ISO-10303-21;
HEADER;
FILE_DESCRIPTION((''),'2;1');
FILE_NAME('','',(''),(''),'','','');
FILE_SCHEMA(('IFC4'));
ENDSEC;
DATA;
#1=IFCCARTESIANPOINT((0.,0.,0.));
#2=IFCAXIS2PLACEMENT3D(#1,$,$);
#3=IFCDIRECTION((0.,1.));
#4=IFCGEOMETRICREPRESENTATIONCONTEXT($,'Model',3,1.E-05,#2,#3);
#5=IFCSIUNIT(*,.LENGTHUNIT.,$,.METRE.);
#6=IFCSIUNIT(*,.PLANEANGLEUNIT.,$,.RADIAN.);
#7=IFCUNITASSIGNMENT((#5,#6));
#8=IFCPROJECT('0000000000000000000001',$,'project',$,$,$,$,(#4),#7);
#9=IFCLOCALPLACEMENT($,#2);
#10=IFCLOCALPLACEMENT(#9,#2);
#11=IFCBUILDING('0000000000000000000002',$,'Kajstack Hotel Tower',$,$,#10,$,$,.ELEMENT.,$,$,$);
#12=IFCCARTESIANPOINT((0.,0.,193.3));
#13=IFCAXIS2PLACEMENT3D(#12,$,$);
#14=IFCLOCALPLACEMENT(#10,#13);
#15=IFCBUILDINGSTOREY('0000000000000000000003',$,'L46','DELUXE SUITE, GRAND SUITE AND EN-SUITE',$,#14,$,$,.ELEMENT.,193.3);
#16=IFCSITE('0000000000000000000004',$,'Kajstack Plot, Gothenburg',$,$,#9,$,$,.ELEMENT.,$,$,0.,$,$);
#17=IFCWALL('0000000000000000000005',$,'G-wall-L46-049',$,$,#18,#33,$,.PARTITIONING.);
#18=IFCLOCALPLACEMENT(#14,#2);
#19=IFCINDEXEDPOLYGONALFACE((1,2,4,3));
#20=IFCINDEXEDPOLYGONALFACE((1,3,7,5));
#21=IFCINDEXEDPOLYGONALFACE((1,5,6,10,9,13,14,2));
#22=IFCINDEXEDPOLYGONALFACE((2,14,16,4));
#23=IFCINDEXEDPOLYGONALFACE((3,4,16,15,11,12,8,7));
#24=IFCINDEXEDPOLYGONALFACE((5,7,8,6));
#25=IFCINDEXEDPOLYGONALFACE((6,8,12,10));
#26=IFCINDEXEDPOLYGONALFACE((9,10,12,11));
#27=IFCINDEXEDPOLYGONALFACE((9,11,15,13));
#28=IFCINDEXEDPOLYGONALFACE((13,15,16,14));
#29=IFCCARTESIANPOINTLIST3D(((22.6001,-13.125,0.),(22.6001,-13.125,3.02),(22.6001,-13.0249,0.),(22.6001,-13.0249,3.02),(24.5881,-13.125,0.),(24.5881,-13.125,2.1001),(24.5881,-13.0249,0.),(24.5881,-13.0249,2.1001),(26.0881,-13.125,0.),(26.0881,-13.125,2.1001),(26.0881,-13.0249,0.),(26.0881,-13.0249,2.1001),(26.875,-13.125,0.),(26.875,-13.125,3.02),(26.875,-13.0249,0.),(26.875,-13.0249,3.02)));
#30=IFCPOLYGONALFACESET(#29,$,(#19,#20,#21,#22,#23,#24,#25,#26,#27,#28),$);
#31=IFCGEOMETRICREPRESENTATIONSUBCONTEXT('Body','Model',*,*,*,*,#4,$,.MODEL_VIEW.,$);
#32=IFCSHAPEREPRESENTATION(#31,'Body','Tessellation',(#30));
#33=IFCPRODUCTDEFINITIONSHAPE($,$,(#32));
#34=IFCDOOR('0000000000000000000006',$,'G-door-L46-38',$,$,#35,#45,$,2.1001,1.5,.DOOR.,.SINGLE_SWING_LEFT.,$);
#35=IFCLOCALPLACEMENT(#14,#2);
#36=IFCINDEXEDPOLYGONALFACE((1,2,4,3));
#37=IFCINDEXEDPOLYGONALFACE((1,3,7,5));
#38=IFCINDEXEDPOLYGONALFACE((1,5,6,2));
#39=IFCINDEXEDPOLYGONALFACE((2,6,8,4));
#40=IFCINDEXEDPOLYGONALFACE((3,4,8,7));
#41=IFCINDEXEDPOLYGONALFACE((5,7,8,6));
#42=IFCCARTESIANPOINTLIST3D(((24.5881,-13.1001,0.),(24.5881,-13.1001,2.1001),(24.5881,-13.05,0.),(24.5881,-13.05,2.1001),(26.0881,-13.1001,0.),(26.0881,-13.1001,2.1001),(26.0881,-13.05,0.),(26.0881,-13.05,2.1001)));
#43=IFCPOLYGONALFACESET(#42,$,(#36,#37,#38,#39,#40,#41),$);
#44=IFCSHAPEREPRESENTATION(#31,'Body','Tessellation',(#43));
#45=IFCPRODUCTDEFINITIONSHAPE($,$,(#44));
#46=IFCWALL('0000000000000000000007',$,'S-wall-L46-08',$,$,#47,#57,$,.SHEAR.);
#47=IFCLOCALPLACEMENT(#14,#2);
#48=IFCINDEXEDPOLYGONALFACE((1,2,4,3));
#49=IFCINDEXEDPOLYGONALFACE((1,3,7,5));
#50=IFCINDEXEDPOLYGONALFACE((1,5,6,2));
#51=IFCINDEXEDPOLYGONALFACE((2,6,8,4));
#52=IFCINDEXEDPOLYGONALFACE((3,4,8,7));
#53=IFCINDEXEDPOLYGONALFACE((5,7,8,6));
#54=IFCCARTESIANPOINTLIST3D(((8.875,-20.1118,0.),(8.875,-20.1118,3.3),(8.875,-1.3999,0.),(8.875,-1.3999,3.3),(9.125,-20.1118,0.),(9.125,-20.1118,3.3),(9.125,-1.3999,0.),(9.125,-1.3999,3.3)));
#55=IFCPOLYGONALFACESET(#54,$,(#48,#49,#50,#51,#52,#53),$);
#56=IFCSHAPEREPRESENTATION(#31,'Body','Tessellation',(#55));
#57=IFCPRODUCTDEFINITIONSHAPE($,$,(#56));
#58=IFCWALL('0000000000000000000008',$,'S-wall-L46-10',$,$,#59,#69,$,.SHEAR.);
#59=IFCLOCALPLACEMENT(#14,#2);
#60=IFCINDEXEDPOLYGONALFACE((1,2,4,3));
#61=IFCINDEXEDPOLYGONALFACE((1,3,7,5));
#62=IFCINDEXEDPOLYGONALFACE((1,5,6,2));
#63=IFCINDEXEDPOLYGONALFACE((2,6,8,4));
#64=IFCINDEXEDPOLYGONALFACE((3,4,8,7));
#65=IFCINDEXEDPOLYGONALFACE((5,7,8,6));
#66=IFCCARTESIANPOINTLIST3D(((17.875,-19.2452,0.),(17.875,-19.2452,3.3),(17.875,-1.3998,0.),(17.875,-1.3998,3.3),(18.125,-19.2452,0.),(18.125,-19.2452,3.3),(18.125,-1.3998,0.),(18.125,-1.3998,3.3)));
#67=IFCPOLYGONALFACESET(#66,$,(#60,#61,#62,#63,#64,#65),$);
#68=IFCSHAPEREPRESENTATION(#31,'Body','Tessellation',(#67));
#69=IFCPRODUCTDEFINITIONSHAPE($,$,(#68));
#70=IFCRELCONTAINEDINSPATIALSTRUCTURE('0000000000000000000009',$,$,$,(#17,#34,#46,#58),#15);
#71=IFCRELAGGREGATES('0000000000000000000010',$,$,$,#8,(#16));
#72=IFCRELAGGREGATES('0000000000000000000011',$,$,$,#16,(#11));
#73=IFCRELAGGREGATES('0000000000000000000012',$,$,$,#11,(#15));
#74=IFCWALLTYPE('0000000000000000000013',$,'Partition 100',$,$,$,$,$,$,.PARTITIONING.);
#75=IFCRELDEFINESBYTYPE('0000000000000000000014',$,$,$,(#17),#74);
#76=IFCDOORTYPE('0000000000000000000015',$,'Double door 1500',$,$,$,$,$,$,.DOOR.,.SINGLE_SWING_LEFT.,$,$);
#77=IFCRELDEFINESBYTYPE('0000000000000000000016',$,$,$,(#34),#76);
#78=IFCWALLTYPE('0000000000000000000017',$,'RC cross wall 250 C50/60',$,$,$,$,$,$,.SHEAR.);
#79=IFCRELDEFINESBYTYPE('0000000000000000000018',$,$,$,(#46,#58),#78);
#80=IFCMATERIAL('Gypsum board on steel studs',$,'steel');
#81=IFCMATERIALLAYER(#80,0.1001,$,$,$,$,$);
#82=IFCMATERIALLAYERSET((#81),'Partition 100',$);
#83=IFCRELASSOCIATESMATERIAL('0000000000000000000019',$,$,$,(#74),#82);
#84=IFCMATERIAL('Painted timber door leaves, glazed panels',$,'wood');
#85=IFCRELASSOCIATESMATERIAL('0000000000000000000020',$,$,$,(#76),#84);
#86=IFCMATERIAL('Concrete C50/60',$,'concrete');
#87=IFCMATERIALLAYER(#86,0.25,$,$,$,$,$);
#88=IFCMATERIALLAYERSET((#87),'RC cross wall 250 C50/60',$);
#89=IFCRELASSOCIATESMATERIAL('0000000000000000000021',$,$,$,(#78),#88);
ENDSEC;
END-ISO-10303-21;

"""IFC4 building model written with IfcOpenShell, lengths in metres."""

from ifc_helpers import new_model, si_unit, direction, frame, frame_2d, origin, place, context, subcontext, project, spatial, rectangle, extrude, material, layer, layer_set, type_object, element, fill, save


model = new_model("IFC4")

# Units and contexts
model_context = context("Model", 3, precision=1e-05, world=origin(), true_north=direction((0.0, 1.0)))
body_context = subcontext(model_context, "Body", "Model", "MODEL_VIEW")
ifc_project = project(units=[si_unit("LENGTHUNIT", "METRE"), si_unit("PLANEANGLEUNIT", "RADIAN")], contexts=[model_context])

# Site, building, storey
site_placement = place(None, origin())
site = spatial("IfcSite", under=ifc_project, at=site_placement, Name="Kajstack Plot, Gothenburg", CompositionType="ELEMENT", RefElevation=0.0)
building_placement = place(site_placement, origin())
building = spatial("IfcBuilding", under=site, at=building_placement, Name="Kajstack Hotel Tower", CompositionType="ELEMENT")
storey_placement = place(building_placement, frame((0.0, 0.0, 193.3)))
storey = spatial("IfcBuildingStorey", under=building, at=storey_placement, Name="L46", Description="DELUXE SUITE, GRAND SUITE AND EN-SUITE", CompositionType="ELEMENT", Elevation=193.3)

# Wall, opening, door
ifc_material_1 = material(Name="Gypsum board on steel studs", Category="steel")
ifc_layer_1 = layer(ifc_material_1, 0.1001)
ifc_layer_set_1 = layer_set([ifc_layer_1], Name="Partition 100")
wall_type_1 = type_object("IfcWallType", Name="Partition 100", PredefinedType="PARTITIONING", material=ifc_layer_set_1)
ifc_material_2 = material(Name="Painted timber door leaves, glazed panels", Category="wood")
door_type_1 = type_object("IfcDoorType", Name="Double door 1500", OperationType="SINGLE_SWING_LEFT", PredefinedType="DOOR", material=ifc_material_2)
wall_1_placement = place(storey_placement, frame((22.6001, -13.075, 0.0), z_axis=(0.0, 0.0, 1.0), x_axis=(1.0, 0.0, 0.0)))
wall_1 = element("IfcWall", 1, at=wall_1_placement, inside=storey, type_object=wall_type_1, Name="G-wall-L46-049", PredefinedType="PARTITIONING", context=body_context, shape_type="SweptSolid", body=[
    extrude(rectangle(XDim=4.2749, YDim=0.1001, at=frame_2d((2.1375, 0.0))), origin(), (0.0, 0.0, 1.0), 3.02),
])
opening_1_placement = place(wall_1_placement, frame((1.988, 0.0, 0.0)))
opening_1 = element("IfcOpeningElement", 2, at=opening_1_placement, cuts=wall_1, PredefinedType="OPENING", context=body_context, shape_type="SweptSolid", body=[
    extrude(rectangle(XDim=1.5, YDim=2.1001, at=frame_2d((0.75, 1.05))), frame((0.0, 0.0601, 0.0), z_axis=(0.0, -1.0, 0.0), x_axis=(1.0, 0.0, 0.0)), (0.0, 0.0, 1.0), 0.1201),
])
door_1_placement = place(opening_1_placement, origin())
door_1 = element("IfcDoor", 3, at=door_1_placement, inside=storey, type_object=door_type_1, Name="G-door-L46-38", OperationType="SINGLE_SWING_LEFT", OverallHeight=2.1001, OverallWidth=1.5, PredefinedType="DOOR", context=body_context, shape_type="SweptSolid", body=[
    extrude(rectangle(XDim=1.5, YDim=2.1001, at=frame_2d((0.75, 1.05))), frame((0.0, 0.0249, 0.0), z_axis=(0.0, -1.0, 0.0), x_axis=(1.0, 0.0, 0.0)), (0.0, 0.0, 1.0), 0.05),
])
fill(opening_1, door_1)

# Walls
ifc_material_3 = material(Name="Concrete C50/60", Category="concrete")
ifc_layer_2 = layer(ifc_material_3, 0.25)
ifc_layer_set_2 = layer_set([ifc_layer_2], Name="RC cross wall 250 C50/60")
wall_type_2 = type_object("IfcWallType", Name="RC cross wall 250 C50/60", PredefinedType="SHEAR", material=ifc_layer_set_2)
wall_2_placement = place(storey_placement, frame((9.0, -20.1118, 0.0), z_axis=(0.0, 0.0, 1.0), x_axis=(0.0, 1.0, 0.0)))
element("IfcWall", 4, at=wall_2_placement, inside=storey, type_object=wall_type_2, Name="S-wall-L46-08", PredefinedType="SHEAR", context=body_context, shape_type="SweptSolid", body=[
    extrude(rectangle(XDim=18.7119, YDim=0.25, at=frame_2d((9.356, 0.0))), origin(), (0.0, 0.0, 1.0), 3.3),
])
wall_3_placement = place(storey_placement, frame((18.0, -19.2454, 0.0), z_axis=(0.0, 0.0, 1.0), x_axis=(0.0, 1.0, 0.0)))
element("IfcWall", 5, at=wall_3_placement, inside=storey, type_object=wall_type_2, Name="S-wall-L46-10", PredefinedType="SHEAR", context=body_context, shape_type="SweptSolid", body=[
    extrude(rectangle(XDim=17.8455, YDim=0.25, at=frame_2d((8.9229, 0.0))), origin(), (0.0, 0.0, 1.0), 3.3),
])

save(model, "model.ifc")
